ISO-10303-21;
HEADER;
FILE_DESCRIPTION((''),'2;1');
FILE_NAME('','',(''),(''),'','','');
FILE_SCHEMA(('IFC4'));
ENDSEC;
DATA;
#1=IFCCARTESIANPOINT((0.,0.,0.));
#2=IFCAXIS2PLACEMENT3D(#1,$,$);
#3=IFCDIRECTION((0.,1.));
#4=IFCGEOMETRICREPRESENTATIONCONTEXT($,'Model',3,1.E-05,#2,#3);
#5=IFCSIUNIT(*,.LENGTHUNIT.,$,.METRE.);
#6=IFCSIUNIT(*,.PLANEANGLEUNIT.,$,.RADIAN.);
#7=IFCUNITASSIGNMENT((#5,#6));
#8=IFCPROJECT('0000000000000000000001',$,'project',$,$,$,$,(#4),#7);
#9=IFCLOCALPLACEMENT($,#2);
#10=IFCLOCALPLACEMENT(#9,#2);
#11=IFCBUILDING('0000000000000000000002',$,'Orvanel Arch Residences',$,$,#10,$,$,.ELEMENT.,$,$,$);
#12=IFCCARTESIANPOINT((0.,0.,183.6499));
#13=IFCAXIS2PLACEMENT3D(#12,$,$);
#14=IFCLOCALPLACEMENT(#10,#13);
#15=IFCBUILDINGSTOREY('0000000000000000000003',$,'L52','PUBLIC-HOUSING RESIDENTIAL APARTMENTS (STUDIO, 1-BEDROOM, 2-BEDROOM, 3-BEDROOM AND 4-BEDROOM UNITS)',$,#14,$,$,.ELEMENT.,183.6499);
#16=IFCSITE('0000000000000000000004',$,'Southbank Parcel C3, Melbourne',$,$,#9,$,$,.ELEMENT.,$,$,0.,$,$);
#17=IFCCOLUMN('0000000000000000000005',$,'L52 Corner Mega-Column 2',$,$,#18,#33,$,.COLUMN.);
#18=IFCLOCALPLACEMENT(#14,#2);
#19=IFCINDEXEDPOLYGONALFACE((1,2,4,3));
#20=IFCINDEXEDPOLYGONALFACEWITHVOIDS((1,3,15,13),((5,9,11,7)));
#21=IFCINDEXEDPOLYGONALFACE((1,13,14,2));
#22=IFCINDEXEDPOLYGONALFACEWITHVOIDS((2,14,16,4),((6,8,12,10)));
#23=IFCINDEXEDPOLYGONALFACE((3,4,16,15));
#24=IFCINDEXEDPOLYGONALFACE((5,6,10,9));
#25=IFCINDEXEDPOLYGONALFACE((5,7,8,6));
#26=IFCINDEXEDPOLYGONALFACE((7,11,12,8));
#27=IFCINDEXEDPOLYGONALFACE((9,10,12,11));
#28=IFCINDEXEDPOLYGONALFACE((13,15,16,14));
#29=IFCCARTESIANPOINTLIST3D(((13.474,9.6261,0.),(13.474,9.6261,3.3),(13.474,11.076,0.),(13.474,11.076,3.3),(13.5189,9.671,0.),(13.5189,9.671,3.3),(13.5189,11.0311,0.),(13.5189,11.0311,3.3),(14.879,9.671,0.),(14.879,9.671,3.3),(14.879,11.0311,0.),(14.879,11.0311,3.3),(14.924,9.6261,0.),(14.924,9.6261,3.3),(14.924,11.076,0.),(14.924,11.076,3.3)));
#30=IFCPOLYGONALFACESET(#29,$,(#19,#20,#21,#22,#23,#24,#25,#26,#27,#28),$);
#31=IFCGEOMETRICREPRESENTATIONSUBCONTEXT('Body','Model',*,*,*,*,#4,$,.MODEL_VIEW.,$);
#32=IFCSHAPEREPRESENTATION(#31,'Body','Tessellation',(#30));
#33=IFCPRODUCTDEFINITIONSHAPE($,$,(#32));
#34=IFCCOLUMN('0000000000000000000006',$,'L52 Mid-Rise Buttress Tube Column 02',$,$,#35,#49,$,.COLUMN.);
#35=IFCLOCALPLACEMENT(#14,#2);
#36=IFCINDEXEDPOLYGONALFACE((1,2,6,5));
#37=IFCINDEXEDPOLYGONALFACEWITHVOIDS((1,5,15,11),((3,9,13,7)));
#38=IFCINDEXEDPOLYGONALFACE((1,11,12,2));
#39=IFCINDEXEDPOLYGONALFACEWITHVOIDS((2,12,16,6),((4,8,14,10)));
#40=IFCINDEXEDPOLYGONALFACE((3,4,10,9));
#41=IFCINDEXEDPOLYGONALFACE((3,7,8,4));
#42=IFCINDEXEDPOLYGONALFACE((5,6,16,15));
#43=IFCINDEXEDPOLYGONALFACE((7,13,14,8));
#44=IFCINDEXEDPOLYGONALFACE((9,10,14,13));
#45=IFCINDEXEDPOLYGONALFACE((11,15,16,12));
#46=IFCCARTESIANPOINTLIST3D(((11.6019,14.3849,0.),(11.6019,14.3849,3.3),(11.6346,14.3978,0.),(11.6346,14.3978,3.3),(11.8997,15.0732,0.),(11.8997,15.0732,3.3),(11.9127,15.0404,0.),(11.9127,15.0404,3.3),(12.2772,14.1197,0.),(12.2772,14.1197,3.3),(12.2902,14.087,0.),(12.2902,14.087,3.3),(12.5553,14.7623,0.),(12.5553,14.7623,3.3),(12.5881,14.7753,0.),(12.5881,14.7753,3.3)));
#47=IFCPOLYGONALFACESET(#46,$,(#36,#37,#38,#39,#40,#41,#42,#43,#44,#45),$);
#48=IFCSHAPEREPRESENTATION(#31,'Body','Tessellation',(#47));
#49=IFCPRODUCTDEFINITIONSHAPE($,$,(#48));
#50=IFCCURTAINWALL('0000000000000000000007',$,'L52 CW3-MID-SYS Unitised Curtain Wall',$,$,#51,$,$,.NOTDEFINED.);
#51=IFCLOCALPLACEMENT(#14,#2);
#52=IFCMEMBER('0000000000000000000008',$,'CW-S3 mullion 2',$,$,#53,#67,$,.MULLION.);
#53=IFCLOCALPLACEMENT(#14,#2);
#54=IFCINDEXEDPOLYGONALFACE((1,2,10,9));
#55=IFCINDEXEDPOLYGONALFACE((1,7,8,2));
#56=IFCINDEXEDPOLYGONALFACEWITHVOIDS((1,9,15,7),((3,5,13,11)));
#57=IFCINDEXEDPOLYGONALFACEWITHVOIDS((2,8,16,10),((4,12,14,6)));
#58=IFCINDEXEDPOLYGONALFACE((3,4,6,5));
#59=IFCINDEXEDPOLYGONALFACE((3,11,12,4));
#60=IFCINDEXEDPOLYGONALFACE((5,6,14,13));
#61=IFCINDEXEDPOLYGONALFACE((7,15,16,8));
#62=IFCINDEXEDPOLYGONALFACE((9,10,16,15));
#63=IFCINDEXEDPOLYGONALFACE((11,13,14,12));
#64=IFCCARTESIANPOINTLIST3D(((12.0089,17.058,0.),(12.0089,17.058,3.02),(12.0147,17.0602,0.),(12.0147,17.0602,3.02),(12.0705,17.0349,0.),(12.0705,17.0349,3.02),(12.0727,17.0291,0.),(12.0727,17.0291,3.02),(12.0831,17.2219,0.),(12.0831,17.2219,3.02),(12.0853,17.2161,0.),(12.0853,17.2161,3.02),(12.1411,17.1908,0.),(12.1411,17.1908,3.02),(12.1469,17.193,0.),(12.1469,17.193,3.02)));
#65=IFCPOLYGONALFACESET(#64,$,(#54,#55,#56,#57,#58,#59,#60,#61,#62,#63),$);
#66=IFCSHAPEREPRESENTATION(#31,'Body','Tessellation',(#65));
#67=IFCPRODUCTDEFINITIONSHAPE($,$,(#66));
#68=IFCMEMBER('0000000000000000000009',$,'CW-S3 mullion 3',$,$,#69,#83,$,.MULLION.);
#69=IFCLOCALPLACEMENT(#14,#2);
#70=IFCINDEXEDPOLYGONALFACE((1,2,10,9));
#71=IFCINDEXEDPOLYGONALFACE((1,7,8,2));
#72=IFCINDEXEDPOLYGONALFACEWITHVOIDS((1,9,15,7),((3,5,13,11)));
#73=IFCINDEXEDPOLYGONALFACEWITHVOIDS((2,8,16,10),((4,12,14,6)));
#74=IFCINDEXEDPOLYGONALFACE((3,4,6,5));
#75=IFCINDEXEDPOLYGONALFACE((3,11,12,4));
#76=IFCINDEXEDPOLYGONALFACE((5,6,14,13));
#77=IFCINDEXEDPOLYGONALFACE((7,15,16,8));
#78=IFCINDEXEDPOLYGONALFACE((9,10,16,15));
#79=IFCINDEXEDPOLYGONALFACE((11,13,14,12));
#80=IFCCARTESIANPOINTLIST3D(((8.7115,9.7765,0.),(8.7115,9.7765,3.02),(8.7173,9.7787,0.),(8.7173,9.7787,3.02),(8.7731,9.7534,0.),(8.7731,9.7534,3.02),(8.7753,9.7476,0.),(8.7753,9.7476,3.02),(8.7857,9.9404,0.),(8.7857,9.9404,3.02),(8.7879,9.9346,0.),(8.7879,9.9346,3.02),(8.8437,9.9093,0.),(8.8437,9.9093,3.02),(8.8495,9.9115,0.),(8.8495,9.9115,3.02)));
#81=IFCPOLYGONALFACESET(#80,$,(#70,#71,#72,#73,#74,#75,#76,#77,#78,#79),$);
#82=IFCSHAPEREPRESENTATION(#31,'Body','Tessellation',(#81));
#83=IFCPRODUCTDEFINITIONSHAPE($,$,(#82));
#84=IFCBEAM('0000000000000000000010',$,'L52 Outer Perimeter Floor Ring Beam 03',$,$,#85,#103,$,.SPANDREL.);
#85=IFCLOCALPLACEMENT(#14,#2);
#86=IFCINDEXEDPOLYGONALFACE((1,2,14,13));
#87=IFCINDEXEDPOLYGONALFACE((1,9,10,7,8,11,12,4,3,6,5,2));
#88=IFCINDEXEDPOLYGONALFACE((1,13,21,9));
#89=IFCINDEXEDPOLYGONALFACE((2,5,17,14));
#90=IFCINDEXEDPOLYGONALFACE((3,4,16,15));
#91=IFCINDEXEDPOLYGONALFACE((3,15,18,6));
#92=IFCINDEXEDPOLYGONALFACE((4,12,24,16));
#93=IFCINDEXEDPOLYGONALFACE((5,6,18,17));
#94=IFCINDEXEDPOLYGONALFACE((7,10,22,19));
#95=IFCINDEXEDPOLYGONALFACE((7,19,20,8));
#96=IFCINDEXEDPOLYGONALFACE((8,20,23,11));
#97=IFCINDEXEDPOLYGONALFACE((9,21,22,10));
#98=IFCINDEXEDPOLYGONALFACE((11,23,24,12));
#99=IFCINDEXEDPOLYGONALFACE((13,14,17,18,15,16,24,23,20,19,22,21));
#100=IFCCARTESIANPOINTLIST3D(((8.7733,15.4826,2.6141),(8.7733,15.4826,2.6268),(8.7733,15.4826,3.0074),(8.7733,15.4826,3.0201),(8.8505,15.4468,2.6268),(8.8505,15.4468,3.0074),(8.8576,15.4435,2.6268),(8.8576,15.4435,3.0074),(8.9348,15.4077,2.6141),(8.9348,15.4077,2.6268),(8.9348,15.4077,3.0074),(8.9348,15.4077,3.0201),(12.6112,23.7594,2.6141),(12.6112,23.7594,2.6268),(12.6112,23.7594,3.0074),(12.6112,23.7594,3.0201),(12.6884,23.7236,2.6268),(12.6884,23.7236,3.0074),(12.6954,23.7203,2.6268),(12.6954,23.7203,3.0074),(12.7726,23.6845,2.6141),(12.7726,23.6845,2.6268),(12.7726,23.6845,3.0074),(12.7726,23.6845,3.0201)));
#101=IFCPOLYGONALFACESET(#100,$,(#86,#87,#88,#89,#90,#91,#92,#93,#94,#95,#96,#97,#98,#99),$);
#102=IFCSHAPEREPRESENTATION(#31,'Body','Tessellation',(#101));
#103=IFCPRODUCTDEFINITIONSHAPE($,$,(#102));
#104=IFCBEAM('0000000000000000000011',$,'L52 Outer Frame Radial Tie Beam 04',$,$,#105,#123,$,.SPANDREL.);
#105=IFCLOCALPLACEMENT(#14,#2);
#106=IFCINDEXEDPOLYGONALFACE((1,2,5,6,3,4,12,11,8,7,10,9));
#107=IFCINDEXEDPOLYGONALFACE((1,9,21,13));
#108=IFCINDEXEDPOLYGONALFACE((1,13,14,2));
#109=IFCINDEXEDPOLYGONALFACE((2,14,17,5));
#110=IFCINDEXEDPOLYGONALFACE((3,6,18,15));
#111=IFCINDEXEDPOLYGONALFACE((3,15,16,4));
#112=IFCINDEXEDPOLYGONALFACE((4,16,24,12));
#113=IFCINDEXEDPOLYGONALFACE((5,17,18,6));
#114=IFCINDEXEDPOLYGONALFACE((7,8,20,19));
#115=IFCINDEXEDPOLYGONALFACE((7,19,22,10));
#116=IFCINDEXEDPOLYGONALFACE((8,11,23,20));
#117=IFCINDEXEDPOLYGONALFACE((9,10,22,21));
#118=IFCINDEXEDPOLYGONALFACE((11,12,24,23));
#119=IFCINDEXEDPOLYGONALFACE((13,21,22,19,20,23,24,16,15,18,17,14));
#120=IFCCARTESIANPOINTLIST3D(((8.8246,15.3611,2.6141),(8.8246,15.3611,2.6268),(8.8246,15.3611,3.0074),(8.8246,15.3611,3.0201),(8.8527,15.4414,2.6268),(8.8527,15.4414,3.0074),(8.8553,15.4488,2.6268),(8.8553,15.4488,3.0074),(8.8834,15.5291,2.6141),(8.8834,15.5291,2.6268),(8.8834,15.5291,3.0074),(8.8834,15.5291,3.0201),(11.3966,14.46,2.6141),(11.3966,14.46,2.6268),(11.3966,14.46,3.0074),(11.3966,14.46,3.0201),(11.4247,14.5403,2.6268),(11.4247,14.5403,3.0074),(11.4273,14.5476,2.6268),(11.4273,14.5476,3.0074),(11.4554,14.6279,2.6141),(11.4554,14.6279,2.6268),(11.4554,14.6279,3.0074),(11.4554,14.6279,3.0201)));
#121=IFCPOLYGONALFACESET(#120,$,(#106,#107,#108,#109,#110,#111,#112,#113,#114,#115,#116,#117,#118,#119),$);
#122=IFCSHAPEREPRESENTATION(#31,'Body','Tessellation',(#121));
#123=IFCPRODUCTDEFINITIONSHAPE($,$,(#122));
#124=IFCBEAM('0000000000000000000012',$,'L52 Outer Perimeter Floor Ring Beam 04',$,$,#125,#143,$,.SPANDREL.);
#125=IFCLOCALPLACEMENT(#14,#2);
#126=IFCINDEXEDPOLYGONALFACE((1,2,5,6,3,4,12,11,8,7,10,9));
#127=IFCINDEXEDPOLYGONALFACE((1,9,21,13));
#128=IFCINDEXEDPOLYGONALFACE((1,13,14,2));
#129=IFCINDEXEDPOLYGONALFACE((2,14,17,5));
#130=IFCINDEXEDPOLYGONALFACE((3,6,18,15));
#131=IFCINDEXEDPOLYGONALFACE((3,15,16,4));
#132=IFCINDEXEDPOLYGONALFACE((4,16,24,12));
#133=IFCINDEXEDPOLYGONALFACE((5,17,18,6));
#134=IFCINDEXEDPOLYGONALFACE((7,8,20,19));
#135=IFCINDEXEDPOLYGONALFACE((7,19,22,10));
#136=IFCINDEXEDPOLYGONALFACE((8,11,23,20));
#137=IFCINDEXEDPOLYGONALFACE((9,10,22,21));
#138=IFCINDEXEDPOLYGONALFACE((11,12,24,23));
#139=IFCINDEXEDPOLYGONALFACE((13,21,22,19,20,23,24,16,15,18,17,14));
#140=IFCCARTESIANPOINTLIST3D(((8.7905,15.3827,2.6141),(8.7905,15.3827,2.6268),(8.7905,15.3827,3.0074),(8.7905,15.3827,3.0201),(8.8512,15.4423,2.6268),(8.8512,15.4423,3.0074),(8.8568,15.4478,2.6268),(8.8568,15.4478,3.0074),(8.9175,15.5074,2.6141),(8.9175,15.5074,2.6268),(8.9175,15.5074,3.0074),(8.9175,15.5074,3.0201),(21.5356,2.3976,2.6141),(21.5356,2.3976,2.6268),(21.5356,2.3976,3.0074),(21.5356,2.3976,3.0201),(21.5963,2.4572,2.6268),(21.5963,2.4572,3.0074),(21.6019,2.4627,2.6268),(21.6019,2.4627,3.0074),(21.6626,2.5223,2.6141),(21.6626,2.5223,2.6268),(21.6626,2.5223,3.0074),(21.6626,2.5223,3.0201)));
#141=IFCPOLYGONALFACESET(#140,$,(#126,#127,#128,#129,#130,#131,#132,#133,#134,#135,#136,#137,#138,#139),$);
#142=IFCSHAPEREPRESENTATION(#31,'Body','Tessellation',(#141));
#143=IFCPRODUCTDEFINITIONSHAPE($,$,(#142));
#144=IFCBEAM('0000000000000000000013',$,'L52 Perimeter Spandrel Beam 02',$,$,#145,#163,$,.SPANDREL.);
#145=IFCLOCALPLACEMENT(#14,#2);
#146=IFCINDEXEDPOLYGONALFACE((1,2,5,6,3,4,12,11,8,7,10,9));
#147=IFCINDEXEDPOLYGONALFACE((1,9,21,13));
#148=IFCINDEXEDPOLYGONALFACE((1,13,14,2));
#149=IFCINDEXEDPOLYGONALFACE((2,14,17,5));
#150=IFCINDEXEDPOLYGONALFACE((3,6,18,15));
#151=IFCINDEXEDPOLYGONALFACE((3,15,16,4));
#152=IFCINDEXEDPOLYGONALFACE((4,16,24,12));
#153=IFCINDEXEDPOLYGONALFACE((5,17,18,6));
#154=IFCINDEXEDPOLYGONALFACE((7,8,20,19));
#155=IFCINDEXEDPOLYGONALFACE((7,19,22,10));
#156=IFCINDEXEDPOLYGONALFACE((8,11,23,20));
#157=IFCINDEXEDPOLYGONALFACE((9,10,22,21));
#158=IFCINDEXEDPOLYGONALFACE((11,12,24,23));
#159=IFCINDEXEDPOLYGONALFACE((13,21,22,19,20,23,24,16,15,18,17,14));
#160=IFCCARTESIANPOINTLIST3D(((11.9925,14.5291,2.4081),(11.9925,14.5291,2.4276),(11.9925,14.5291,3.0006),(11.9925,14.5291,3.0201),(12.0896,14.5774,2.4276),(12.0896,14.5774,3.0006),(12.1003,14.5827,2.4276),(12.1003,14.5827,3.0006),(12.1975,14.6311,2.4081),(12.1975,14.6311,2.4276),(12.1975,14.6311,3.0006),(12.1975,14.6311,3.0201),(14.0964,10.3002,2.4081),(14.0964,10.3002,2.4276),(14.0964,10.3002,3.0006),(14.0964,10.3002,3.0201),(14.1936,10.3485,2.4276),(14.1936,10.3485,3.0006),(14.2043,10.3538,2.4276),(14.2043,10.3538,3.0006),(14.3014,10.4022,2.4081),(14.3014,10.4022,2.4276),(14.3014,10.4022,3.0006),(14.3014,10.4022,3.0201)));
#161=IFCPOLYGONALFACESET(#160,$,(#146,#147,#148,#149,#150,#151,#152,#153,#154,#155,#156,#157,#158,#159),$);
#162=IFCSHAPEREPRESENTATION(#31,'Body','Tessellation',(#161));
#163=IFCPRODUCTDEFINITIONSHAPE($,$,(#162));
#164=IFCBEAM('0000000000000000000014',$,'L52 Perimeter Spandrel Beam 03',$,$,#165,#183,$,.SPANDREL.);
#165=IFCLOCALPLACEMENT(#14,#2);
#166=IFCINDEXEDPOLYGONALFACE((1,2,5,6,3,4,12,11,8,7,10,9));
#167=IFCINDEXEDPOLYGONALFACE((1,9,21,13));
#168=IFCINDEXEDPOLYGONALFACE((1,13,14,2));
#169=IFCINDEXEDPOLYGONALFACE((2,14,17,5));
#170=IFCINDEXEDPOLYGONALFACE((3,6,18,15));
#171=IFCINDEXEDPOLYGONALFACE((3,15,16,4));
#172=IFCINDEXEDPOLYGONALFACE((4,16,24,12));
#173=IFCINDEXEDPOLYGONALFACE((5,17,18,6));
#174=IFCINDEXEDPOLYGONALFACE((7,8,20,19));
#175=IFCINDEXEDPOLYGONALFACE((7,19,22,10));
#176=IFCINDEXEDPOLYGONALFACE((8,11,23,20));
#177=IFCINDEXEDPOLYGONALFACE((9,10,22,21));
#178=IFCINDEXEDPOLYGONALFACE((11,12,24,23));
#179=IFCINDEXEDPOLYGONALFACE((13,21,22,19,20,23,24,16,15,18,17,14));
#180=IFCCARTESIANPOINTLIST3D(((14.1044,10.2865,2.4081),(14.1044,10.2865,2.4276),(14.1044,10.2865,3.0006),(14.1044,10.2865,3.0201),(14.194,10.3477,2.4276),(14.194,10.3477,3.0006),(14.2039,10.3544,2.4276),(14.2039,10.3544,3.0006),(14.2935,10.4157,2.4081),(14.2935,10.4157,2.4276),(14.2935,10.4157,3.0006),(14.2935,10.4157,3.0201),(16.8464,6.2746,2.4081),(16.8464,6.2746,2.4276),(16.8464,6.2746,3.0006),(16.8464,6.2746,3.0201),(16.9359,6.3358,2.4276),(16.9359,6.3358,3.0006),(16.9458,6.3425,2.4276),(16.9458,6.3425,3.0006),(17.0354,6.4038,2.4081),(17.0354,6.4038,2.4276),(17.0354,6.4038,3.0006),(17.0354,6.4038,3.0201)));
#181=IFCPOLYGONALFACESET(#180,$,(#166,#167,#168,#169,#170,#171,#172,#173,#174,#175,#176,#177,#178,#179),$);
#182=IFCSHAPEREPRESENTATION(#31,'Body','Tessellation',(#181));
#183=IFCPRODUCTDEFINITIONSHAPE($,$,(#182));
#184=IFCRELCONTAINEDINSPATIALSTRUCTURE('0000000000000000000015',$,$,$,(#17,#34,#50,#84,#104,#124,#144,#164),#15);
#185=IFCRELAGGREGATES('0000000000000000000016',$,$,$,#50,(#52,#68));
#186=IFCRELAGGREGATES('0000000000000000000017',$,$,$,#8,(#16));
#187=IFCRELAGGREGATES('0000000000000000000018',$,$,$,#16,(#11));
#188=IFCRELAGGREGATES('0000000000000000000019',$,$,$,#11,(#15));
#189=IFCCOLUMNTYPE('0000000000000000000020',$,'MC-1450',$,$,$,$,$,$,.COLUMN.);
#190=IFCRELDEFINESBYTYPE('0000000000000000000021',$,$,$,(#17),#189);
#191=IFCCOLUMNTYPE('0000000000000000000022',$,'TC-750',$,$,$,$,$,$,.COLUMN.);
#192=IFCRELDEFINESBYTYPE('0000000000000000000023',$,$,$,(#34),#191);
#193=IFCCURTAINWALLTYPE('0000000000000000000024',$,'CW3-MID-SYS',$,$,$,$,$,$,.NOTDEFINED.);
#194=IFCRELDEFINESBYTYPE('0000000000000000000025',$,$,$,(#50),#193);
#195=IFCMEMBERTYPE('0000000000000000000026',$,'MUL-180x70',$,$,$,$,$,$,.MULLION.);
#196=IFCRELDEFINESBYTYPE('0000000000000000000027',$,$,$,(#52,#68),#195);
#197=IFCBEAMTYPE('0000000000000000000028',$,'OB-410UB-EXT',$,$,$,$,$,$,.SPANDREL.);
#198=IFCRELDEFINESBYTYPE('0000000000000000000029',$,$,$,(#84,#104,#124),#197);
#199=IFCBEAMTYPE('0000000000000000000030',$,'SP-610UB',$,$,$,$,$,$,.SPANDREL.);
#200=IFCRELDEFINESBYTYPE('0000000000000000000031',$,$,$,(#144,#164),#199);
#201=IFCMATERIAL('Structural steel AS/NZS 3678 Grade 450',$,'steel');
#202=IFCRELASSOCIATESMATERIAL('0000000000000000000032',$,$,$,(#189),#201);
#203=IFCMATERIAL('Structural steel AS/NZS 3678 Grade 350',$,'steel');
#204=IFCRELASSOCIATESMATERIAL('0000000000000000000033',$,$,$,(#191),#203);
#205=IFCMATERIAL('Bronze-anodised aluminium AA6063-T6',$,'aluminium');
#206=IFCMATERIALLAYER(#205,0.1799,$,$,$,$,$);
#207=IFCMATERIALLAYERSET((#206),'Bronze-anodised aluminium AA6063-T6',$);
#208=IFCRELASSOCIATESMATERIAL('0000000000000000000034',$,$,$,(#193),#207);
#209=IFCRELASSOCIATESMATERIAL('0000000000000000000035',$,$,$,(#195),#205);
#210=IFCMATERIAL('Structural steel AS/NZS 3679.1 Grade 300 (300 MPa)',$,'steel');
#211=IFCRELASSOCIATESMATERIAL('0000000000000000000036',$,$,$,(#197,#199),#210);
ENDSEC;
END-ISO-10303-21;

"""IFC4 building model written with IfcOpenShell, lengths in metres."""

from ifc_helpers import new_model, si_unit, direction, frame, origin, origin_2d, place, context, subcontext, project, spatial, hollow_rectangle, i_section, extrude, material, layer, layer_set, material_profile, profile_set, type_object, element, aggregate, save


model = new_model("IFC4")

# Units and contexts
model_context = context("Model", 3, precision=1e-05, world=origin(), true_north=direction((0.0, 1.0)))
body_context = subcontext(model_context, "Body", "Model", "MODEL_VIEW")
ifc_project = project(units=[si_unit("LENGTHUNIT", "METRE"), si_unit("PLANEANGLEUNIT", "RADIAN")], contexts=[model_context])

# Site, building, storey
site_placement = place(None, origin())
site = spatial("IfcSite", under=ifc_project, at=site_placement, Name="Southbank Parcel C3, Melbourne", CompositionType="ELEMENT", RefElevation=0.0)
building_placement = place(site_placement, origin())
building = spatial("IfcBuilding", under=site, at=building_placement, Name="Orvanel Arch Residences", CompositionType="ELEMENT")
storey_placement = place(building_placement, frame((0.0, 0.0, 183.6499)))
storey = spatial("IfcBuildingStorey", under=building, at=storey_placement, Name="L52", Description="PUBLIC-HOUSING RESIDENTIAL APARTMENTS (STUDIO, 1-BEDROOM, 2-BEDROOM, 3-BEDROOM AND 4-BEDROOM UNITS)", CompositionType="ELEMENT", Elevation=183.6499)

# Columns
ifc_material_1 = material(Name="Structural steel AS/NZS 3678 Grade 450", Category="steel")
ifc_material_profile_1 = material_profile(ifc_material_1, hollow_rectangle(XDim=1.45, YDim=1.45, WallThickness=0.0449, at=origin_2d()), Name="BOX1450x1450x45")
ifc_profile_set_1 = profile_set([ifc_material_profile_1], Name="Structural steel AS/NZS 3678 Grade 450")
column_type_1 = type_object("IfcColumnType", Name="MC-1450", PredefinedType="COLUMN", material=ifc_profile_set_1)
column_1_placement = place(storey_placement, frame((14.199, 10.3511, 0.0), z_axis=(0.0, 0.0, 1.0), x_axis=(1.0, 0.0, 0.0)))
element("IfcColumn", 1, at=column_1_placement, inside=storey, type_object=column_type_1, Name="L52 Corner Mega-Column 2", PredefinedType="COLUMN", context=body_context, shape_type="SweptSolid", body=[
    extrude(hollow_rectangle(XDim=1.45, YDim=1.45, WallThickness=0.0449, at=origin_2d()), origin(), (0.0, 0.0, 1.0), 3.3),
])
ifc_material_2 = material(Name="Structural steel AS/NZS 3678 Grade 350", Category="steel")
ifc_material_profile_2 = material_profile(ifc_material_2, hollow_rectangle(XDim=0.75, YDim=0.75, WallThickness=0.0249, at=origin_2d()), Name="BOX750x750x25")
ifc_profile_set_2 = profile_set([ifc_material_profile_2], Name="Structural steel AS/NZS 3678 Grade 350")
column_type_2 = type_object("IfcColumnType", Name="TC-750", PredefinedType="COLUMN", material=ifc_profile_set_2)
column_2_placement = place(storey_placement, frame((12.095, 14.5801, 0.0), z_axis=(0.0, 0.0, 1.0), x_axis=(0.397148, 0.917755, 0.0)))
element("IfcColumn", 2, at=column_2_placement, inside=storey, type_object=column_type_2, Name="L52 Mid-Rise Buttress Tube Column 02", PredefinedType="COLUMN", context=body_context, shape_type="SweptSolid", body=[
    extrude(hollow_rectangle(XDim=0.75, YDim=0.75, WallThickness=0.0249, at=origin_2d()), origin(), (0.0, 0.0, 1.0), 3.3),
])

# Curtain wall, members
ifc_material_3 = material(Name="Bronze-anodised aluminium AA6063-T6", Category="aluminium")
ifc_layer_1 = layer(ifc_material_3, 0.1799)
ifc_layer_set_1 = layer_set([ifc_layer_1], Name="Bronze-anodised aluminium AA6063-T6")
curtain_wall_type = type_object("IfcCurtainWallType", Name="CW3-MID-SYS", PredefinedType="NOTDEFINED", material=ifc_layer_set_1)
curtain_wall_placement = place(storey_placement, origin())
curtain_wall = element("IfcCurtainWall", 3, at=curtain_wall_placement, inside=storey, type_object=curtain_wall_type, Name="L52 CW3-MID-SYS Unitised Curtain Wall", PredefinedType="NOTDEFINED")
ifc_material_profile_3 = material_profile(ifc_material_3, hollow_rectangle(XDim=0.0701, YDim=0.1799, WallThickness=0.0044, at=origin_2d()), Name="ALU180x70x4.5")
ifc_profile_set_3 = profile_set([ifc_material_profile_3], Name="Bronze-anodised aluminium AA6063-T6")
member_type_1 = type_object("IfcMemberType", Name="MUL-180x70", PredefinedType="MULLION", material=ifc_profile_set_3)
member_1_placement = place(storey_placement, frame((12.0779, 17.1255, 0.0), z_axis=(0.0, 0.0, 1.0), x_axis=(0.910944, -0.412531, 0.0)))
member_1 = element("IfcMember", 4, at=member_1_placement, type_object=member_type_1, Name="CW-S3 mullion 2", PredefinedType="MULLION", context=body_context, shape_type="SweptSolid", body=[
    extrude(hollow_rectangle(XDim=0.0701, YDim=0.1799, WallThickness=0.0044, at=origin_2d()), origin(), (0.0, 0.0, 1.0), 3.02),
])
member_2_placement = place(storey_placement, frame((8.7805, 9.844, 0.0), z_axis=(0.0, 0.0, 1.0), x_axis=(0.910944, -0.412531, 0.0)))
member_2 = element("IfcMember", 5, at=member_2_placement, type_object=member_type_1, Name="CW-S3 mullion 3", PredefinedType="MULLION", context=body_context, shape_type="SweptSolid", body=[
    extrude(hollow_rectangle(XDim=0.0701, YDim=0.1799, WallThickness=0.0044, at=origin_2d()), origin(), (0.0, 0.0, 1.0), 3.02),
])

# Beams
ifc_material_4 = material(Name="Structural steel AS/NZS 3679.1 Grade 300 (300 MPa)", Category="steel")
ifc_material_profile_4 = material_profile(ifc_material_4, i_section(OverallWidth=0.178, OverallDepth=0.406, WebThickness=0.0078, FlangeThickness=0.0127, at=origin_2d()), Name="410UB59.7")
ifc_profile_set_4 = profile_set([ifc_material_profile_4], Name="Structural steel AS/NZS 3679.1 Grade 300 (300 MPa)")
beam_type_1 = type_object("IfcBeamType", Name="OB-410UB-EXT", PredefinedType="SPANDREL", material=ifc_profile_set_4)
beam_1_placement = place(storey_placement, frame((12.6919, 23.7219, 2.8171), z_axis=(-0.420666, -0.907215, 0.0), x_axis=(0.907215, -0.420666, 0.0)))
element("IfcBeam", 6, at=beam_1_placement, inside=storey, type_object=beam_type_1, Name="L52 Outer Perimeter Floor Ring Beam 03", PredefinedType="SPANDREL", context=body_context, shape_type="SweptSolid", body=[
    extrude(i_section(OverallWidth=0.178, OverallDepth=0.406, WebThickness=0.0078, FlangeThickness=0.0127, at=origin_2d()), origin(), (0.0, 0.0, 1.0), 9.1233),
])
beam_2_placement = place(storey_placement, frame((11.426, 14.5439, 2.8171), z_axis=(-0.943754, 0.33065, 0.0), x_axis=(-0.33065, -0.943754, 0.0)))
element("IfcBeam", 7, at=beam_2_placement, inside=storey, type_object=beam_type_1, Name="L52 Outer Frame Radial Tie Beam 04", PredefinedType="SPANDREL", context=body_context, shape_type="SweptSolid", body=[
    extrude(i_section(OverallWidth=0.178, OverallDepth=0.406, WebThickness=0.0078, FlangeThickness=0.0127, at=origin_2d()), origin(), (0.0, 0.0, 1.0), 2.7253),
])
beam_3_placement = place(storey_placement, frame((8.854, 15.4451, 2.8171), z_axis=(0.700481, -0.713671, 0.0), x_axis=(0.713671, 0.700481, 0.0)))
element("IfcBeam", 8, at=beam_3_placement, inside=storey, type_object=beam_type_1, Name="L52 Outer Perimeter Floor Ring Beam 04", PredefinedType="SPANDREL", context=body_context, shape_type="SweptSolid", body=[
    extrude(i_section(OverallWidth=0.178, OverallDepth=0.406, WebThickness=0.0078, FlangeThickness=0.0127, at=origin_2d()), origin(), (0.0, 0.0, 1.0), 18.1948),
])
ifc_material_profile_5 = material_profile(ifc_material_4, i_section(OverallWidth=0.229, OverallDepth=0.6121, WebThickness=0.012, FlangeThickness=0.0195, at=origin_2d()), Name="610UB125")
ifc_profile_set_5 = profile_set([ifc_material_profile_5], Name="Structural steel AS/NZS 3679.1 Grade 300 (300 MPa)")
beam_type_2 = type_object("IfcBeamType", Name="SP-610UB", PredefinedType="SPANDREL", material=ifc_profile_set_5)
beam_4_placement = place(storey_placement, frame((12.095, 14.5801, 2.7141), z_axis=(0.445435, -0.895314, 0.0), x_axis=(0.895314, 0.445435, 0.0)))
element("IfcBeam", 9, at=beam_4_placement, inside=storey, type_object=beam_type_2, Name="L52 Perimeter Spandrel Beam 02", PredefinedType="SPANDREL", context=body_context, shape_type="SweptSolid", body=[
    extrude(i_section(OverallWidth=0.229, OverallDepth=0.6121, WebThickness=0.012, FlangeThickness=0.0195, at=origin_2d()), origin(), (0.0, 0.0, 1.0), 4.7234),
])
beam_5_placement = place(storey_placement, frame((14.199, 10.3511, 2.7141), z_axis=(0.564252, -0.825603, 0.0), x_axis=(0.825603, 0.564252, 0.0)))
element("IfcBeam", 10, at=beam_5_placement, inside=storey, type_object=beam_type_2, Name="L52 Perimeter Spandrel Beam 03", PredefinedType="SPANDREL", context=body_context, shape_type="SweptSolid", body=[
    extrude(i_section(OverallWidth=0.229, OverallDepth=0.6121, WebThickness=0.012, FlangeThickness=0.0195, at=origin_2d()), origin(), (0.0, 0.0, 1.0), 4.8594),
])

aggregate(curtain_wall, [member_1, member_2])

save(model, "model.ifc")
